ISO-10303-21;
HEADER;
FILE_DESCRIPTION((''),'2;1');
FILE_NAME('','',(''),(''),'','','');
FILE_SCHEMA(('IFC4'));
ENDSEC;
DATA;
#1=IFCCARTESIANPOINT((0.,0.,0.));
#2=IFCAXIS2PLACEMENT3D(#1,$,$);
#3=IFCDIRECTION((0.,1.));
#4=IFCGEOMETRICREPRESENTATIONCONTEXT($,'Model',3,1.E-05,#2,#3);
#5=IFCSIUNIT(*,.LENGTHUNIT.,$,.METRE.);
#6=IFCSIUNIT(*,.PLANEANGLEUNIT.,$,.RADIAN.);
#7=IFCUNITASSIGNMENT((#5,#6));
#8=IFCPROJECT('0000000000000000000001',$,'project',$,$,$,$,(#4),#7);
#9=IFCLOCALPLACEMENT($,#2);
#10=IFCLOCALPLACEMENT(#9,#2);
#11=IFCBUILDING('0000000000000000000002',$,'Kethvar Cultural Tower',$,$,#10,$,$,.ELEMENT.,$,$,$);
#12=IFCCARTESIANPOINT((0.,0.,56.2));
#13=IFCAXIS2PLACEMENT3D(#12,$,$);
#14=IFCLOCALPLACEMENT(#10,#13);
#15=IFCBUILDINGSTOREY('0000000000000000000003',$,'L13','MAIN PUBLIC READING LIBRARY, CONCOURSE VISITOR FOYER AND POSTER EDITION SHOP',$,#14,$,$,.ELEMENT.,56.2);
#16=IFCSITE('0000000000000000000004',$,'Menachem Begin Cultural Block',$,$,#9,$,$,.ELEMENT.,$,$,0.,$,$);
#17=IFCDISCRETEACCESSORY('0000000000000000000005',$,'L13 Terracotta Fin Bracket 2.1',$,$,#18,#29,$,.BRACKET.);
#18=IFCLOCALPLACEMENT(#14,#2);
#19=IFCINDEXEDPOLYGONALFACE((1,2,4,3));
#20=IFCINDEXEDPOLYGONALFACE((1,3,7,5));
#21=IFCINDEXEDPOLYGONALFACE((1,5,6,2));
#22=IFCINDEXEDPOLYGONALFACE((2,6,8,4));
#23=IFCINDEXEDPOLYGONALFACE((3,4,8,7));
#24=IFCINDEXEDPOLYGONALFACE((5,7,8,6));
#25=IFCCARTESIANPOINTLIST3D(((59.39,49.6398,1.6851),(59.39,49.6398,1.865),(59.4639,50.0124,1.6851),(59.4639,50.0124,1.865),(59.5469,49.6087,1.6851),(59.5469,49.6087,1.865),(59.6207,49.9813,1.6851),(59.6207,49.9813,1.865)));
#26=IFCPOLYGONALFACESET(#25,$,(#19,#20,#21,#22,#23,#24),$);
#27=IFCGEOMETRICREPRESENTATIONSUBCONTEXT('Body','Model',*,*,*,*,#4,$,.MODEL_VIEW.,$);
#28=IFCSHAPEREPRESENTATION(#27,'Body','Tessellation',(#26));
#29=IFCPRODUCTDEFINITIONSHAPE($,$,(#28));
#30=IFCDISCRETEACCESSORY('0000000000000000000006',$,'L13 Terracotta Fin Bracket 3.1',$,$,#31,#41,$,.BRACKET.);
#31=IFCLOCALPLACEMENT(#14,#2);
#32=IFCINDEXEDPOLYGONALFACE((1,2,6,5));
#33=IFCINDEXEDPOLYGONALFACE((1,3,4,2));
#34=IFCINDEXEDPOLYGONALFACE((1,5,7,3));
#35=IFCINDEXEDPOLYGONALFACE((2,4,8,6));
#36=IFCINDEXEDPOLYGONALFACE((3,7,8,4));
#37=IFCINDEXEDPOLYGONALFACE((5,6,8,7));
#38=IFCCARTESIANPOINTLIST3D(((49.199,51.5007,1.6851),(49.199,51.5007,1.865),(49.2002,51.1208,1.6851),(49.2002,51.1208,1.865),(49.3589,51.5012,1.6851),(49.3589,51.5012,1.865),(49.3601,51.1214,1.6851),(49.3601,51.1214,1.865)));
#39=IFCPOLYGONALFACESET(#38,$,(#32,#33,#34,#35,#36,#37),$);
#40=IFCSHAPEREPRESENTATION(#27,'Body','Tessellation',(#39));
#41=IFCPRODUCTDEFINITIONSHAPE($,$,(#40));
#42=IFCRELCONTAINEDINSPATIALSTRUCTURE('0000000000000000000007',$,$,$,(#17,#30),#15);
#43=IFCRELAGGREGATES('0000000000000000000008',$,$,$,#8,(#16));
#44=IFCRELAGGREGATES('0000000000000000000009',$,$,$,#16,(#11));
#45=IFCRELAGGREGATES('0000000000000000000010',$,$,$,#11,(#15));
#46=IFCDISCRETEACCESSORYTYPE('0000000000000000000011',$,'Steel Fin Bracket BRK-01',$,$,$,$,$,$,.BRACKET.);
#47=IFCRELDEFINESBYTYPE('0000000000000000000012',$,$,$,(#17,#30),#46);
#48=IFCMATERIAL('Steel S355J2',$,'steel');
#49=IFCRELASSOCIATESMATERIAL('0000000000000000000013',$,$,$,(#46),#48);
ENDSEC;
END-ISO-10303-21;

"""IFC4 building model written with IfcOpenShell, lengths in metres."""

from ifc_helpers import new_model, si_unit, direction, frame, origin, origin_2d, place, context, subcontext, project, spatial, rectangle, extrude, source, transform, mapped, material, type_object, element, save


model = new_model("IFC4")

# Units and contexts
model_context = context("Model", 3, precision=1e-05, world=origin(), true_north=direction((0.0, 1.0)))
body_context = subcontext(model_context, "Body", "Model", "MODEL_VIEW")
ifc_project = project(units=[si_unit("LENGTHUNIT", "METRE"), si_unit("PLANEANGLEUNIT", "RADIAN")], contexts=[model_context])

# Site, building, storey
site_placement = place(None, origin())
site = spatial("IfcSite", under=ifc_project, at=site_placement, Name="Menachem Begin Cultural Block", CompositionType="ELEMENT", RefElevation=0.0)
building_placement = place(site_placement, origin())
building = spatial("IfcBuilding", under=site, at=building_placement, Name="Kethvar Cultural Tower", CompositionType="ELEMENT")
storey_placement = place(building_placement, frame((0.0, 0.0, 56.2)))
storey = spatial("IfcBuildingStorey", under=building, at=storey_placement, Name="L13", Description="MAIN PUBLIC READING LIBRARY, CONCOURSE VISITOR FOYER AND POSTER EDITION SHOP", CompositionType="ELEMENT", Elevation=56.2)

# Shared definitions
ifc_material_1 = material(Name="Steel S355J2", Category="steel")

# Discrete accessories
discrete_accessory_type = type_object("IfcDiscreteAccessoryType", Name="Steel Fin Bracket BRK-01", PredefinedType="BRACKET", material=ifc_material_1)
shared_shape_1 = source(origin(), body_context, "Body", "SweptSolid", [
    extrude(rectangle(XDim=0.3799, YDim=0.1599, at=origin_2d()), origin(), (0.0, 0.0, 1.0), 0.1799),
])
for number, where, z_axis, x_axis, name in (
    (1, (59.5054, 49.8105, 1.6851), (0.0, 0.0, 1.0), (0.194406, 0.980921, 0.0), "L13 Terracotta Fin Bracket 2.1"),
    (2, (49.2795, 51.311, 1.6851), (0.0, 0.0, 1.0), (-0.003316, 0.999995, 0.0), "L13 Terracotta Fin Bracket 3.1"),
):
    element("IfcDiscreteAccessory", number, at=place(storey_placement, frame(where, z_axis=z_axis, x_axis=x_axis)), inside=storey, type_object=discrete_accessory_type, Name=name, PredefinedType="BRACKET", context=body_context, shape_type="MappedRepresentation", body=[
        mapped(shared_shape_1, transform((0.0, 0.0, 0.0), scale=1.0)),
    ])

save(model, "model.ifc")
